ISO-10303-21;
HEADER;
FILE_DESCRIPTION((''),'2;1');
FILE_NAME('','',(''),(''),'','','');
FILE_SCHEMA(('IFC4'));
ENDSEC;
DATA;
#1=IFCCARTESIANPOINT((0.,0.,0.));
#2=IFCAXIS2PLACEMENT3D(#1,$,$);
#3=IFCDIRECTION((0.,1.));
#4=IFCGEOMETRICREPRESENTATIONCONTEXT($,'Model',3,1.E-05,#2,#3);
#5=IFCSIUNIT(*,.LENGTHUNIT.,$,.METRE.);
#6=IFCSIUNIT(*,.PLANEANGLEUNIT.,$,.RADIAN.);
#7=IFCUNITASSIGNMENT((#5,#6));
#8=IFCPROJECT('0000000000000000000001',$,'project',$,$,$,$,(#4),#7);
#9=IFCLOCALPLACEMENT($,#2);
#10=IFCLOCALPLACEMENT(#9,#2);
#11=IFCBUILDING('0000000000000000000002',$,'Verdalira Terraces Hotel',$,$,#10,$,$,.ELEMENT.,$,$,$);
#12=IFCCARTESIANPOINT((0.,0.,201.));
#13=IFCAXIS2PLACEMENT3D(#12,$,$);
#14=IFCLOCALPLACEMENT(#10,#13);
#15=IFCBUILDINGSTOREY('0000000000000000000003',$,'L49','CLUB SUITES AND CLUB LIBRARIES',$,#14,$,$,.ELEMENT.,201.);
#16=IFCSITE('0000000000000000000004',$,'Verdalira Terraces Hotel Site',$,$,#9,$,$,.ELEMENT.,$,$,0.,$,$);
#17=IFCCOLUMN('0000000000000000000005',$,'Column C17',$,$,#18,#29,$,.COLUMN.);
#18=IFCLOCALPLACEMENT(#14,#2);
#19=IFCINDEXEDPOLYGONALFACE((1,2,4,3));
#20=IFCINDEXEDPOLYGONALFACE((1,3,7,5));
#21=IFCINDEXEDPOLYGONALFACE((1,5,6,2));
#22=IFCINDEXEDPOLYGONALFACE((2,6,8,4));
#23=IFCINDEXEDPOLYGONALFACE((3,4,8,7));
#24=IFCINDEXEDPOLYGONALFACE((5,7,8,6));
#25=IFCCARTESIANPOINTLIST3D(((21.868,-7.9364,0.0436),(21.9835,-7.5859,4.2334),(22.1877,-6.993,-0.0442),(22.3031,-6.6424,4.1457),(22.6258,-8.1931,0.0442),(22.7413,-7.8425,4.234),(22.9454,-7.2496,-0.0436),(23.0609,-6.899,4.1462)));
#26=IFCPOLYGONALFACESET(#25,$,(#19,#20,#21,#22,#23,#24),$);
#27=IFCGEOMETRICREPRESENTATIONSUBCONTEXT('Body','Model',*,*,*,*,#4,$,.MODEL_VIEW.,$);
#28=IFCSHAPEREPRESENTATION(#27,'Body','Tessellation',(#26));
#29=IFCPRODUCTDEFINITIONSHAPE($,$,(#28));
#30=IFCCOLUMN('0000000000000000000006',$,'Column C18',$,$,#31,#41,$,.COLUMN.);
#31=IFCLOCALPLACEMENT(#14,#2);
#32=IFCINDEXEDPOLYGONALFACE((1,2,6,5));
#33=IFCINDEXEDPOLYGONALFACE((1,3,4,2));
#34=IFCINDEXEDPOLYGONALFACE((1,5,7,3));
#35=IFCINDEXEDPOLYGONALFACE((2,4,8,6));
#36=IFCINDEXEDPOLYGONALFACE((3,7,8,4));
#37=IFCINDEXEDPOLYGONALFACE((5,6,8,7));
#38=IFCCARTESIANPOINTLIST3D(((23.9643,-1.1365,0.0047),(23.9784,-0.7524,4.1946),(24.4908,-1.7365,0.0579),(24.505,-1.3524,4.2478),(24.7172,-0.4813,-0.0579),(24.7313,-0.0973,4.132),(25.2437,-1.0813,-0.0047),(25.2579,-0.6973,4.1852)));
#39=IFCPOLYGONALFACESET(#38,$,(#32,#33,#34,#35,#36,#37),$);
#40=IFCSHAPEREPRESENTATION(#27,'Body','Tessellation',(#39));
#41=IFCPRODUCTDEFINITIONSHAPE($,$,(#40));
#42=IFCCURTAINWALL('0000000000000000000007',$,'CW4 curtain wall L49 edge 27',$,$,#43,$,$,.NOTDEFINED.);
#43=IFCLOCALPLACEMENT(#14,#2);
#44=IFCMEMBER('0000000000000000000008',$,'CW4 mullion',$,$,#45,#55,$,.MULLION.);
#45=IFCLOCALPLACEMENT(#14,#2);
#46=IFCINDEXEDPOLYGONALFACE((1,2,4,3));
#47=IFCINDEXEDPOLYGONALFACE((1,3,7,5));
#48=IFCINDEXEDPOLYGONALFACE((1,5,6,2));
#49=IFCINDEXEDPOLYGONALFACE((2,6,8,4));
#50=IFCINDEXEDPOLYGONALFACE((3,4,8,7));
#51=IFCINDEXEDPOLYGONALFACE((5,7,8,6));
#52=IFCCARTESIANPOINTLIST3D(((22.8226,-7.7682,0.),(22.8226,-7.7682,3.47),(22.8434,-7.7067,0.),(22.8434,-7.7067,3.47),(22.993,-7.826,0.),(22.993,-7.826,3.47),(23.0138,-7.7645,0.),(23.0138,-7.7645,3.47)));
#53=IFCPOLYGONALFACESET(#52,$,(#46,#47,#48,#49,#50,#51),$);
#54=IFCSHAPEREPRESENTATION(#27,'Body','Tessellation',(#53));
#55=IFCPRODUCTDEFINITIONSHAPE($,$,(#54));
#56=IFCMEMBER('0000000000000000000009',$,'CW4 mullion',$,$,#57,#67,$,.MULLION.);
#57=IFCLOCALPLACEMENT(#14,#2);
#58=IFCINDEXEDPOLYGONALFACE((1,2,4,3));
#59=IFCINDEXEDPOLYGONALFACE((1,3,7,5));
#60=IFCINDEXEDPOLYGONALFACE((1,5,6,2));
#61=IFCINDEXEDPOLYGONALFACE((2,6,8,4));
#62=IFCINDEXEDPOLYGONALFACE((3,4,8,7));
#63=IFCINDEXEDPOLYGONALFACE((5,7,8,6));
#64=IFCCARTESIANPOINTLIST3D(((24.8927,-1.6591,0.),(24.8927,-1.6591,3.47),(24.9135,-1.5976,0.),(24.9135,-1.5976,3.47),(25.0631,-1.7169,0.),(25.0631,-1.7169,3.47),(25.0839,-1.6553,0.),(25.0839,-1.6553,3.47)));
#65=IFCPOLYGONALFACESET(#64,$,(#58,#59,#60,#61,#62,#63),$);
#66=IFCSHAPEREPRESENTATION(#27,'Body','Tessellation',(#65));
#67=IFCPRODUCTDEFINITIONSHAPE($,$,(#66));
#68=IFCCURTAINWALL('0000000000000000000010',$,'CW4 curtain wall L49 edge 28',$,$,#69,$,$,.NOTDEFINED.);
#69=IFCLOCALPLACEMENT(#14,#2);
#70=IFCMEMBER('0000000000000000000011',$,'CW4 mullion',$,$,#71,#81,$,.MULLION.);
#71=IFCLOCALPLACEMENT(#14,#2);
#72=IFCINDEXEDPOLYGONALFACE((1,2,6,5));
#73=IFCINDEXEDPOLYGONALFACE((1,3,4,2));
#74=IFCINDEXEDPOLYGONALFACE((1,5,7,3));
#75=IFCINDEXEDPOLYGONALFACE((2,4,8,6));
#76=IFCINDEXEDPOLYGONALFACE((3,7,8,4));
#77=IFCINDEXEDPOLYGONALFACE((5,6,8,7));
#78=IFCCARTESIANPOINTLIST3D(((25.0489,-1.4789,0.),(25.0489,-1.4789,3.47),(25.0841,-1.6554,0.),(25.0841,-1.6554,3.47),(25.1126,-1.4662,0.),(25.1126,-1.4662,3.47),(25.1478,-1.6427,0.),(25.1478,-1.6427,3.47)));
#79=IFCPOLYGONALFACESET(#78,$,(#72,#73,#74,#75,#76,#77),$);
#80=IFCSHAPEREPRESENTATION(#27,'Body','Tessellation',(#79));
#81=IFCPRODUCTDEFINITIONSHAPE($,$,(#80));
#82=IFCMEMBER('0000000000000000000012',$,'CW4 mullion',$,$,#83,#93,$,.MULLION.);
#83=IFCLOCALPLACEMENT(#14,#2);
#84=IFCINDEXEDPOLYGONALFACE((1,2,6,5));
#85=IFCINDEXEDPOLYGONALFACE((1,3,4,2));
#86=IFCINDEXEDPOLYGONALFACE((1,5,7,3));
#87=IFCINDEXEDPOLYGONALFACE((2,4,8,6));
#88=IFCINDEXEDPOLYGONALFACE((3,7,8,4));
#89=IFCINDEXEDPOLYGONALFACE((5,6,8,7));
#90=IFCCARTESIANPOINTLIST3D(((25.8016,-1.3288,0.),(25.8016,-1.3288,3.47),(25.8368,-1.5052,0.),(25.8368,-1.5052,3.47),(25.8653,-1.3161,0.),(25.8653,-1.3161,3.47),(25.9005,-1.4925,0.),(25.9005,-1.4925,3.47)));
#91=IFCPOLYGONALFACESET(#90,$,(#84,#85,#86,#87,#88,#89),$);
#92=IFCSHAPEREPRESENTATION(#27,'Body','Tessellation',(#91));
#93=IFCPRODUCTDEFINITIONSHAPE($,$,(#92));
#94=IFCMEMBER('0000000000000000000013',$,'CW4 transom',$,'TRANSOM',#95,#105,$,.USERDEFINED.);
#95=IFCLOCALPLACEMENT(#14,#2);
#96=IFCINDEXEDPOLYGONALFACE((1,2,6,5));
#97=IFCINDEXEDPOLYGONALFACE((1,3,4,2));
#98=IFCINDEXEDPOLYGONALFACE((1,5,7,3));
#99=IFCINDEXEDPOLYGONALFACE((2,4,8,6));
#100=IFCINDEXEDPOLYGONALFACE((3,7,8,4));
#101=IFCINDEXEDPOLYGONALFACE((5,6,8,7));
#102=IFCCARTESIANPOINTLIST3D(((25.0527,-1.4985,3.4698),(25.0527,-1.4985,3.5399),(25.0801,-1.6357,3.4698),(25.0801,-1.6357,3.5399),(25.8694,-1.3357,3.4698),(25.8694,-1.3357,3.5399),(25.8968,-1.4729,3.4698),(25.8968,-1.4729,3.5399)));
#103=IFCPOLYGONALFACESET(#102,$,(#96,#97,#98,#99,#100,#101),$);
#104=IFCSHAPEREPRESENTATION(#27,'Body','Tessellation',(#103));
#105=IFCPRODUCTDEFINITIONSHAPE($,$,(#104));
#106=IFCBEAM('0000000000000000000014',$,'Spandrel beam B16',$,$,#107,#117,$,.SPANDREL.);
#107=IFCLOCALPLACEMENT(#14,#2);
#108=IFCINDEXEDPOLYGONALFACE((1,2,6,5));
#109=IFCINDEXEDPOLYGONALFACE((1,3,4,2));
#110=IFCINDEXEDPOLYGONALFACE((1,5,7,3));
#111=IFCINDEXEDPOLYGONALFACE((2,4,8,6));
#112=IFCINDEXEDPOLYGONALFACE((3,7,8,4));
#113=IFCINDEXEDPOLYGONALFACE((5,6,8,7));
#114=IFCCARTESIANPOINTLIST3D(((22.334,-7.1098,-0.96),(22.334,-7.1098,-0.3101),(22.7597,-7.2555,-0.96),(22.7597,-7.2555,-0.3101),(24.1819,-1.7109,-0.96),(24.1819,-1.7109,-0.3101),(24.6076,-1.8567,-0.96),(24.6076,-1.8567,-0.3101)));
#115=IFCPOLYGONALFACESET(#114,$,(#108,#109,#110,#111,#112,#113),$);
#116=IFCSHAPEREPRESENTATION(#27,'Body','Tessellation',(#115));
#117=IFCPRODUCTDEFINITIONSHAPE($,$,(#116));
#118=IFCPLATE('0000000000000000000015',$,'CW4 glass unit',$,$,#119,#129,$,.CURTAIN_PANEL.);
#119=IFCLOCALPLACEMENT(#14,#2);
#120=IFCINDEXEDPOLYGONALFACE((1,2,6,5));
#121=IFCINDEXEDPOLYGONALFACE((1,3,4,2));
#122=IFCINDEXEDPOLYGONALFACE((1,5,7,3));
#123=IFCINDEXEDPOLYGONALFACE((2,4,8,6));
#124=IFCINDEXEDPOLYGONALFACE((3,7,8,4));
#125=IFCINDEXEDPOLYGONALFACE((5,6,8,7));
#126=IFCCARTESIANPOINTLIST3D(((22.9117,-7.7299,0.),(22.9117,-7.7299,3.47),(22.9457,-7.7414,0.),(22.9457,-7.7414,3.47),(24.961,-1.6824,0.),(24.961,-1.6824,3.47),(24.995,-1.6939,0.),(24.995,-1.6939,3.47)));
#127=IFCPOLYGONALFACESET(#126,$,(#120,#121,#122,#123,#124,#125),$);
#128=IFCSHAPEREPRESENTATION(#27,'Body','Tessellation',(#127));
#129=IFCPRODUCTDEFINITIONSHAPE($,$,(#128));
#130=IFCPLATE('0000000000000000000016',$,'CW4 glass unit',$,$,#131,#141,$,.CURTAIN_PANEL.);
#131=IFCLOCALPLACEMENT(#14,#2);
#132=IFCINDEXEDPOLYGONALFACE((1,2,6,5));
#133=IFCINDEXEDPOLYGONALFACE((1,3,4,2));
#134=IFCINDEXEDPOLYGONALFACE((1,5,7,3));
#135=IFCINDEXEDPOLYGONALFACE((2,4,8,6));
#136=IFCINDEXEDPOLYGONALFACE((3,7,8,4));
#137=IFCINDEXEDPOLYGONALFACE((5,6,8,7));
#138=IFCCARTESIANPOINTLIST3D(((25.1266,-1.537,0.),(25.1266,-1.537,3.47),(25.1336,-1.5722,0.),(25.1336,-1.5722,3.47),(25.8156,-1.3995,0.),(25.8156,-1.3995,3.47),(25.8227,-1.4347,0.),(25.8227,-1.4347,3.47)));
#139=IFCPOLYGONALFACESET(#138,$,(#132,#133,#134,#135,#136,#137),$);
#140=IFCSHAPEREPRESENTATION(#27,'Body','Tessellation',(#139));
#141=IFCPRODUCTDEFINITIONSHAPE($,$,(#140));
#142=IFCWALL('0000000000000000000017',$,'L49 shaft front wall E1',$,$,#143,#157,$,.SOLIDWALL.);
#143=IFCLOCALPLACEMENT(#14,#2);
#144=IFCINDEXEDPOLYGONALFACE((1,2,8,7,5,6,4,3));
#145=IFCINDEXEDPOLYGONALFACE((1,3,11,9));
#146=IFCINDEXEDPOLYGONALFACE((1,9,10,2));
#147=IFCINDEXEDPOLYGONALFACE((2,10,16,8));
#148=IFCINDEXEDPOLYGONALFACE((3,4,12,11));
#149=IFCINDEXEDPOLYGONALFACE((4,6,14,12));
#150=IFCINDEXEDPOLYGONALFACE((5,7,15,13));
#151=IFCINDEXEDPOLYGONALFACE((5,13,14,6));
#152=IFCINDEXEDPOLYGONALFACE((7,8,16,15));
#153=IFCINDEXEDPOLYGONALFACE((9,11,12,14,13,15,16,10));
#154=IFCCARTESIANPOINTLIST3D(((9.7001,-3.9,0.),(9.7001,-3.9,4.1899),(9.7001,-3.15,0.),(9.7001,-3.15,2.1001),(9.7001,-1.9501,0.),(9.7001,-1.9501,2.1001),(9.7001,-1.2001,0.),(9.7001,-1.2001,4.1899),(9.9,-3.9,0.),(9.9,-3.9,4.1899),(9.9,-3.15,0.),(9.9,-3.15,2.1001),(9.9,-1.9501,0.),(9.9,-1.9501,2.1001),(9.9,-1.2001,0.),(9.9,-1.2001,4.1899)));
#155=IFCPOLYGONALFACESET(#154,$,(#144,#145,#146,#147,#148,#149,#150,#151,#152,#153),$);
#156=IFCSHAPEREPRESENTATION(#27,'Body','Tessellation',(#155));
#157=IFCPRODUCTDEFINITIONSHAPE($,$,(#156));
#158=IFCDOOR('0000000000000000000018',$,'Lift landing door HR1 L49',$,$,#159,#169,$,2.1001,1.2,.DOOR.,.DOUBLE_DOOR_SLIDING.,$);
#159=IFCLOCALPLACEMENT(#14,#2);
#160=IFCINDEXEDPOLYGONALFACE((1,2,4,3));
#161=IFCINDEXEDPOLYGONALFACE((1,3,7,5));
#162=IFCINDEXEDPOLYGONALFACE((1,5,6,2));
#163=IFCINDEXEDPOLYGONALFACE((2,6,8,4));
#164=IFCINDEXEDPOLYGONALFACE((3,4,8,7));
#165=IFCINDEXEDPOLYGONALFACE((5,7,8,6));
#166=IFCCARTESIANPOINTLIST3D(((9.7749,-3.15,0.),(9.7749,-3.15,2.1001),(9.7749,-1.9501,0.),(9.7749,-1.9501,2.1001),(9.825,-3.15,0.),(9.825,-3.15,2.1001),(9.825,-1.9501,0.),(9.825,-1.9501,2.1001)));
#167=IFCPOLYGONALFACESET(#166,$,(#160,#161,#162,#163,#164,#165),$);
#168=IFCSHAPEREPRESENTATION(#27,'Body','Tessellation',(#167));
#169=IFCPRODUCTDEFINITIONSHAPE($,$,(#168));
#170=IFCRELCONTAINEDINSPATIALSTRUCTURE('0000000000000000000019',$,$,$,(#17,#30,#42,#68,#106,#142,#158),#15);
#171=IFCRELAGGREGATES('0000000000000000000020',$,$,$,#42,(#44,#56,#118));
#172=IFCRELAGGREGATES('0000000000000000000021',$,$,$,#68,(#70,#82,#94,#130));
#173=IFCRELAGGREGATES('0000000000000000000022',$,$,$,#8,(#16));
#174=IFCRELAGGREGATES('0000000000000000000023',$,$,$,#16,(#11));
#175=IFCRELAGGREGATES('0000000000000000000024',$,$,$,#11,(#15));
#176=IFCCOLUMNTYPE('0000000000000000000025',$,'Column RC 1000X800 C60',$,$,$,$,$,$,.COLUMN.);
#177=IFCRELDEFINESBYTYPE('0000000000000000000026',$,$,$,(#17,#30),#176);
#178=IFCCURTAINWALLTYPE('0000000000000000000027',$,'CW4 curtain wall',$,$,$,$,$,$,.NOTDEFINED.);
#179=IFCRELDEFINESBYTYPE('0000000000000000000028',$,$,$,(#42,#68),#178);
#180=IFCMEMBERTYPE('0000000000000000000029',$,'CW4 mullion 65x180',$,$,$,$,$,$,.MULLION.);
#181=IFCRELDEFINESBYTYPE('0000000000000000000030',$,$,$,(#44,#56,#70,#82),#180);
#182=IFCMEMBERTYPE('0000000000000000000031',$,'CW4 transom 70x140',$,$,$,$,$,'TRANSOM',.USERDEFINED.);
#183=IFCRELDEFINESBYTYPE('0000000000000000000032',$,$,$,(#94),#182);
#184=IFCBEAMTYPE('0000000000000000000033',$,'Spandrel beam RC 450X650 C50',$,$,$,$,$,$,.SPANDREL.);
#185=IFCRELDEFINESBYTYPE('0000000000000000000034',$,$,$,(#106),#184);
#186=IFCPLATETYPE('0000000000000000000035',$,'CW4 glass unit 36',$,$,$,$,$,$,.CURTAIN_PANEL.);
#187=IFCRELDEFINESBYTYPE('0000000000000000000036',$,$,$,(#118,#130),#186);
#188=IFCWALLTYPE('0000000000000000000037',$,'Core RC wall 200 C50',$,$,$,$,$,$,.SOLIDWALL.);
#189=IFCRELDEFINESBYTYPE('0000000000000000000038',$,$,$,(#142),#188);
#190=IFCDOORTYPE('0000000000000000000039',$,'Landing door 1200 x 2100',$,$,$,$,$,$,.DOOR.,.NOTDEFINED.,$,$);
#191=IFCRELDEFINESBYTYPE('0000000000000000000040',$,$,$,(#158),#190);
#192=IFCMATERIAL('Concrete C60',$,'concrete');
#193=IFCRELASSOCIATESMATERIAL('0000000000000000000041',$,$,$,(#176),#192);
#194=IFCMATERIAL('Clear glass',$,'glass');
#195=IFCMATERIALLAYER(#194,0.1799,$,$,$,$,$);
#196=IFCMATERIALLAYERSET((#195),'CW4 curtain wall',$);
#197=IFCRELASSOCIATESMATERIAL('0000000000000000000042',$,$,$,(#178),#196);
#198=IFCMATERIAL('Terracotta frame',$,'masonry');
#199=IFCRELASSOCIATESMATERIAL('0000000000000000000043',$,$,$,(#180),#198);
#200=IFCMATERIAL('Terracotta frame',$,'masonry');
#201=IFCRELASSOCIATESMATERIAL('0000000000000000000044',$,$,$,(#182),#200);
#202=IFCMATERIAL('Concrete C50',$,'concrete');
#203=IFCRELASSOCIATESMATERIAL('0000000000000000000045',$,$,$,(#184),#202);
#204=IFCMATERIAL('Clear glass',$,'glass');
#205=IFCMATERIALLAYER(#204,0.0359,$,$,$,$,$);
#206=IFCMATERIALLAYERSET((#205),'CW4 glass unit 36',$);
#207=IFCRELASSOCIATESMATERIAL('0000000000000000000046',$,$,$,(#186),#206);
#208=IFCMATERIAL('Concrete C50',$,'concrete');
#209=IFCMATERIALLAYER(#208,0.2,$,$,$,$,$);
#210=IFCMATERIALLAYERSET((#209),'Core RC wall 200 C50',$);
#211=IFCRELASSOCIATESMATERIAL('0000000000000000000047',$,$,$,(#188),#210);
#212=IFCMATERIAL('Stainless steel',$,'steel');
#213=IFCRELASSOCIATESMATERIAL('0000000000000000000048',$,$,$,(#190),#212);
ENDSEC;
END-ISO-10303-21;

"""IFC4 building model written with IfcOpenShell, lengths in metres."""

from ifc_helpers import new_model, si_unit, direction, frame, frame_2d, origin, origin_2d, place, context, subcontext, project, spatial, rectangle, extrude, material, layer, layer_set, material_profile, profile_set, type_object, element, fill, aggregate, save


model = new_model("IFC4")

# Units and contexts
model_context = context("Model", 3, precision=1e-05, world=origin(), true_north=direction((0.0, 1.0)))
body_context = subcontext(model_context, "Body", "Model", "MODEL_VIEW")
ifc_project = project(units=[si_unit("LENGTHUNIT", "METRE"), si_unit("PLANEANGLEUNIT", "RADIAN")], contexts=[model_context])

# Site, building, storey
site_placement = place(None, origin())
site = spatial("IfcSite", under=ifc_project, at=site_placement, Name="Verdalira Terraces Hotel Site", CompositionType="ELEMENT", RefElevation=0.0)
building_placement = place(site_placement, origin())
building = spatial("IfcBuilding", under=site, at=building_placement, Name="Verdalira Terraces Hotel", CompositionType="ELEMENT")
storey_placement = place(building_placement, frame((0.0, 0.0, 201.0)))
storey = spatial("IfcBuildingStorey", under=building, at=storey_placement, Name="L49", Description="CLUB SUITES AND CLUB LIBRARIES", CompositionType="ELEMENT", Elevation=201.0)

# Columns
ifc_material_1 = material(Name="Concrete C60", Category="concrete")
ifc_material_profile_1 = material_profile(ifc_material_1, rectangle(XDim=1.0, YDim=0.8, at=origin_2d()), Name="RC 1000X800")
ifc_profile_set_1 = profile_set([ifc_material_profile_1], Name="Concrete C60")
column_type = type_object("IfcColumnType", Name="Column RC 1000X800 C60", PredefinedType="COLUMN", material=ifc_profile_set_1)
column_1_placement = place(storey_placement, frame((22.4067, -7.593, 0.0), z_axis=(0.027455, 0.08335, 0.996142), x_axis=(0.319623, 0.943473, -0.087752)))
element("IfcColumn", 1, at=column_1_placement, inside=storey, type_object=column_type, Name="Column C17", PredefinedType="COLUMN", context=body_context, shape_type="SweptSolid", body=[
    extrude(rectangle(XDim=1.0, YDim=0.8, at=origin_2d()), origin(), (0.0, 0.0, 1.0), 4.2061),
])
column_2_placement = place(storey_placement, frame((24.604, -1.1089, 0.0), z_axis=(0.003365, 0.091273, 0.99582), x_axis=(-0.752897, -0.655155, 0.062593)))
element("IfcColumn", 2, at=column_2_placement, inside=storey, type_object=column_type, Name="Column C18", PredefinedType="COLUMN", context=body_context, shape_type="SweptSolid", body=[
    extrude(rectangle(XDim=1.0, YDim=0.8, at=origin_2d()), origin(), (0.0, 0.0, 1.0), 4.2075),
])

# Curtain walls, members
ifc_material_2 = material(Name="Clear glass", Category="glass")
ifc_layer_1 = layer(ifc_material_2, 0.1799)
ifc_layer_set_1 = layer_set([ifc_layer_1], Name="CW4 curtain wall")
curtain_wall_type = type_object("IfcCurtainWallType", Name="CW4 curtain wall", PredefinedType="NOTDEFINED", material=ifc_layer_set_1)
curtain_wall_1_placement = place(storey_placement, origin())
curtain_wall_1 = element("IfcCurtainWall", 3, at=curtain_wall_1_placement, inside=storey, type_object=curtain_wall_type, Name="CW4 curtain wall L49 edge 27", PredefinedType="NOTDEFINED")
ifc_material_3 = material(Name="Terracotta frame", Category="masonry")
ifc_material_profile_2 = material_profile(ifc_material_3, rectangle(XDim=0.0649, YDim=0.1799, at=origin_2d()), Name="MU 65x180")
ifc_profile_set_2 = profile_set([ifc_material_profile_2], Name="Terracotta frame")
member_type_1 = type_object("IfcMemberType", Name="CW4 mullion 65x180", PredefinedType="MULLION", material=ifc_profile_set_2)
member_1_placement = place(storey_placement, frame((22.9182, -7.7664, 0.0), z_axis=(0.0, 0.0, 1.0), x_axis=(0.320944, 0.947098, 0.0)))
member_1 = element("IfcMember", 4, at=member_1_placement, type_object=member_type_1, Name="CW4 mullion", PredefinedType="MULLION", context=body_context, shape_type="SweptSolid", body=[
    extrude(rectangle(XDim=0.0649, YDim=0.1799, at=origin_2d()), origin(), (0.0, 0.0, 1.0), 3.47),
])
member_2_placement = place(storey_placement, frame((24.9883, -1.6572, 0.0), z_axis=(0.0, 0.0, 1.0), x_axis=(0.320944, 0.947098, 0.0)))
member_2 = element("IfcMember", 5, at=member_2_placement, type_object=member_type_1, Name="CW4 mullion", PredefinedType="MULLION", context=body_context, shape_type="SweptSolid", body=[
    extrude(rectangle(XDim=0.0649, YDim=0.1799, at=origin_2d()), origin(), (0.0, 0.0, 1.0), 3.47),
])
curtain_wall_2_placement = place(storey_placement, origin())
curtain_wall_2 = element("IfcCurtainWall", 6, at=curtain_wall_2_placement, inside=storey, type_object=curtain_wall_type, Name="CW4 curtain wall L49 edge 28", PredefinedType="NOTDEFINED")
member_3_placement = place(storey_placement, frame((25.0984, -1.5608, 0.0), z_axis=(0.0, 0.0, 1.0), x_axis=(0.980683, 0.195604, 0.0)))
member_3 = element("IfcMember", 7, at=member_3_placement, type_object=member_type_1, Name="CW4 mullion", PredefinedType="MULLION", context=body_context, shape_type="SweptSolid", body=[
    extrude(rectangle(XDim=0.0649, YDim=0.1799, at=origin_2d()), origin(), (0.0, 0.0, 1.0), 3.47),
])
member_4_placement = place(storey_placement, frame((25.8511, -1.4106, 0.0), z_axis=(0.0, 0.0, 1.0), x_axis=(0.980683, 0.195604, 0.0)))
member_4 = element("IfcMember", 8, at=member_4_placement, type_object=member_type_1, Name="CW4 mullion", PredefinedType="MULLION", context=body_context, shape_type="SweptSolid", body=[
    extrude(rectangle(XDim=0.0649, YDim=0.1799, at=origin_2d()), origin(), (0.0, 0.0, 1.0), 3.47),
])
ifc_material_4 = material(Name="Terracotta frame", Category="masonry")
ifc_material_profile_3 = material_profile(ifc_material_4, rectangle(XDim=0.1399, YDim=0.0701, at=origin_2d()), Name="TR 70x140")
ifc_profile_set_3 = profile_set([ifc_material_profile_3], Name="Terracotta frame")
member_type_2 = type_object("IfcMemberType", Name="CW4 transom 70x140", ElementType="TRANSOM", PredefinedType="USERDEFINED", material=ifc_profile_set_3)
member_5_placement = place(storey_placement, frame((25.0664, -1.5671, 3.5049), z_axis=(0.980693, 0.195552, 0.0), x_axis=(-0.195552, 0.980693, 0.0)))
member_5 = element("IfcMember", 9, at=member_5_placement, type_object=member_type_2, Name="CW4 transom", ObjectType="TRANSOM", PredefinedType="USERDEFINED", context=body_context, shape_type="SweptSolid", body=[
    extrude(rectangle(XDim=0.1399, YDim=0.0701, at=origin_2d()), origin(), (0.0, 0.0, 1.0), 0.8328),
])

# Beam
ifc_material_5 = material(Name="Concrete C50", Category="concrete")
ifc_material_profile_4 = material_profile(ifc_material_5, rectangle(XDim=0.45, YDim=0.6499, at=origin_2d()), Name="RC 450X650")
ifc_profile_set_4 = profile_set([ifc_material_profile_4], Name="Concrete C50")
beam_type = type_object("IfcBeamType", Name="Spandrel beam RC 450X650 C50", PredefinedType="SPANDREL", material=ifc_profile_set_4)
beam_placement = place(storey_placement, frame((22.5469, -7.1826, -0.635), z_axis=(0.323829, 0.946116, 0.0), x_axis=(-0.946116, 0.323829, 0.0)))
element("IfcBeam", 10, at=beam_placement, inside=storey, type_object=beam_type, Name="Spandrel beam B16", PredefinedType="SPANDREL", context=body_context, shape_type="SweptSolid", body=[
    extrude(rectangle(XDim=0.45, YDim=0.6499, at=origin_2d()), origin(), (0.0, 0.0, 1.0), 5.7063),
])

# Plates
ifc_material_6 = material(Name="Clear glass", Category="glass")
ifc_layer_2 = layer(ifc_material_6, 0.0359)
ifc_layer_set_2 = layer_set([ifc_layer_2], Name="CW4 glass unit 36")
plate_type = type_object("IfcPlateType", Name="CW4 glass unit 36", PredefinedType="CURTAIN_PANEL", material=ifc_layer_set_2)
plate_1_placement = place(storey_placement, frame((23.9534, -4.7119, 0.0), z_axis=(0.0, 0.0, 1.0), x_axis=(0.320944, 0.947098, 0.0)))
plate_1 = element("IfcPlate", 11, at=plate_1_placement, type_object=plate_type, Name="CW4 glass unit", PredefinedType="CURTAIN_PANEL", context=body_context, shape_type="SweptSolid", body=[
    extrude(rectangle(XDim=6.3853, YDim=0.0359, at=origin_2d()), origin(), (0.0, 0.0, 1.0), 3.47),
])
aggregate(curtain_wall_1, [member_1, member_2, plate_1])
plate_2_placement = place(storey_placement, frame((25.4746, -1.4858, 0.0), z_axis=(0.0, 0.0, 1.0), x_axis=(0.980683, 0.195604, 0.0)))
plate_2 = element("IfcPlate", 12, at=plate_2_placement, type_object=plate_type, Name="CW4 glass unit", PredefinedType="CURTAIN_PANEL", context=body_context, shape_type="SweptSolid", body=[
    extrude(rectangle(XDim=0.7026, YDim=0.0359, at=origin_2d()), origin(), (0.0, 0.0, 1.0), 3.47),
])
aggregate(curtain_wall_2, [member_3, member_4, member_5, plate_2])

# Wall, opening, door
ifc_material_7 = material(Name="Concrete C50", Category="concrete")
ifc_layer_3 = layer(ifc_material_7, 0.2)
ifc_layer_set_3 = layer_set([ifc_layer_3], Name="Core RC wall 200 C50")
wall_type_1 = type_object("IfcWallType", Name="Core RC wall 200 C50", PredefinedType="SOLIDWALL", material=ifc_layer_set_3)
wall_1_placement = place(storey_placement, frame((9.8, -1.2, 0.0), z_axis=(0.0, 0.0, 1.0), x_axis=(0.0, -1.0, 0.0)))
wall_1 = element("IfcWall", 13, at=wall_1_placement, inside=storey, type_object=wall_type_1, Name="L49 shaft front wall E1", PredefinedType="SOLIDWALL", context=body_context, shape_type="SweptSolid", body=[
    extrude(rectangle(XDim=2.7, YDim=0.2, at=frame_2d((1.3501, 0.0))), origin(), (0.0, 0.0, 1.0), 4.1899),
])
opening_1_placement = place(wall_1_placement, frame((0.75, 0.0, 0.0)))
opening_1 = element("IfcOpeningElement", 14, at=opening_1_placement, cuts=wall_1, PredefinedType="OPENING", context=body_context, shape_type="SweptSolid", body=[
    extrude(rectangle(XDim=1.2, YDim=2.1001, at=frame_2d((0.6001, 1.05))), frame((0.0, 0.1099, 0.0), z_axis=(0.0, -1.0, 0.0), x_axis=(1.0, 0.0, 0.0)), (0.0, 0.0, 1.0), 0.22),
])
ifc_material_8 = material(Name="Stainless steel", Category="steel")
door_type_1 = type_object("IfcDoorType", Name="Landing door 1200 x 2100", OperationType="NOTDEFINED", PredefinedType="DOOR", material=ifc_material_8)
door_1_placement = place(opening_1_placement, origin())
door_1 = element("IfcDoor", 15, at=door_1_placement, inside=storey, type_object=door_type_1, Name="Lift landing door HR1 L49", OperationType="DOUBLE_DOOR_SLIDING", OverallHeight=2.1001, OverallWidth=1.2, PredefinedType="DOOR", context=body_context, shape_type="SweptSolid", body=[
    extrude(rectangle(XDim=1.2, YDim=2.1001, at=frame_2d((0.6001, 1.05))), frame((0.0, 0.0249, 0.0), z_axis=(0.0, -1.0, 0.0), x_axis=(1.0, 0.0, 0.0)), (0.0, 0.0, 1.0), 0.05),
])
fill(opening_1, door_1)

save(model, "model.ifc")
